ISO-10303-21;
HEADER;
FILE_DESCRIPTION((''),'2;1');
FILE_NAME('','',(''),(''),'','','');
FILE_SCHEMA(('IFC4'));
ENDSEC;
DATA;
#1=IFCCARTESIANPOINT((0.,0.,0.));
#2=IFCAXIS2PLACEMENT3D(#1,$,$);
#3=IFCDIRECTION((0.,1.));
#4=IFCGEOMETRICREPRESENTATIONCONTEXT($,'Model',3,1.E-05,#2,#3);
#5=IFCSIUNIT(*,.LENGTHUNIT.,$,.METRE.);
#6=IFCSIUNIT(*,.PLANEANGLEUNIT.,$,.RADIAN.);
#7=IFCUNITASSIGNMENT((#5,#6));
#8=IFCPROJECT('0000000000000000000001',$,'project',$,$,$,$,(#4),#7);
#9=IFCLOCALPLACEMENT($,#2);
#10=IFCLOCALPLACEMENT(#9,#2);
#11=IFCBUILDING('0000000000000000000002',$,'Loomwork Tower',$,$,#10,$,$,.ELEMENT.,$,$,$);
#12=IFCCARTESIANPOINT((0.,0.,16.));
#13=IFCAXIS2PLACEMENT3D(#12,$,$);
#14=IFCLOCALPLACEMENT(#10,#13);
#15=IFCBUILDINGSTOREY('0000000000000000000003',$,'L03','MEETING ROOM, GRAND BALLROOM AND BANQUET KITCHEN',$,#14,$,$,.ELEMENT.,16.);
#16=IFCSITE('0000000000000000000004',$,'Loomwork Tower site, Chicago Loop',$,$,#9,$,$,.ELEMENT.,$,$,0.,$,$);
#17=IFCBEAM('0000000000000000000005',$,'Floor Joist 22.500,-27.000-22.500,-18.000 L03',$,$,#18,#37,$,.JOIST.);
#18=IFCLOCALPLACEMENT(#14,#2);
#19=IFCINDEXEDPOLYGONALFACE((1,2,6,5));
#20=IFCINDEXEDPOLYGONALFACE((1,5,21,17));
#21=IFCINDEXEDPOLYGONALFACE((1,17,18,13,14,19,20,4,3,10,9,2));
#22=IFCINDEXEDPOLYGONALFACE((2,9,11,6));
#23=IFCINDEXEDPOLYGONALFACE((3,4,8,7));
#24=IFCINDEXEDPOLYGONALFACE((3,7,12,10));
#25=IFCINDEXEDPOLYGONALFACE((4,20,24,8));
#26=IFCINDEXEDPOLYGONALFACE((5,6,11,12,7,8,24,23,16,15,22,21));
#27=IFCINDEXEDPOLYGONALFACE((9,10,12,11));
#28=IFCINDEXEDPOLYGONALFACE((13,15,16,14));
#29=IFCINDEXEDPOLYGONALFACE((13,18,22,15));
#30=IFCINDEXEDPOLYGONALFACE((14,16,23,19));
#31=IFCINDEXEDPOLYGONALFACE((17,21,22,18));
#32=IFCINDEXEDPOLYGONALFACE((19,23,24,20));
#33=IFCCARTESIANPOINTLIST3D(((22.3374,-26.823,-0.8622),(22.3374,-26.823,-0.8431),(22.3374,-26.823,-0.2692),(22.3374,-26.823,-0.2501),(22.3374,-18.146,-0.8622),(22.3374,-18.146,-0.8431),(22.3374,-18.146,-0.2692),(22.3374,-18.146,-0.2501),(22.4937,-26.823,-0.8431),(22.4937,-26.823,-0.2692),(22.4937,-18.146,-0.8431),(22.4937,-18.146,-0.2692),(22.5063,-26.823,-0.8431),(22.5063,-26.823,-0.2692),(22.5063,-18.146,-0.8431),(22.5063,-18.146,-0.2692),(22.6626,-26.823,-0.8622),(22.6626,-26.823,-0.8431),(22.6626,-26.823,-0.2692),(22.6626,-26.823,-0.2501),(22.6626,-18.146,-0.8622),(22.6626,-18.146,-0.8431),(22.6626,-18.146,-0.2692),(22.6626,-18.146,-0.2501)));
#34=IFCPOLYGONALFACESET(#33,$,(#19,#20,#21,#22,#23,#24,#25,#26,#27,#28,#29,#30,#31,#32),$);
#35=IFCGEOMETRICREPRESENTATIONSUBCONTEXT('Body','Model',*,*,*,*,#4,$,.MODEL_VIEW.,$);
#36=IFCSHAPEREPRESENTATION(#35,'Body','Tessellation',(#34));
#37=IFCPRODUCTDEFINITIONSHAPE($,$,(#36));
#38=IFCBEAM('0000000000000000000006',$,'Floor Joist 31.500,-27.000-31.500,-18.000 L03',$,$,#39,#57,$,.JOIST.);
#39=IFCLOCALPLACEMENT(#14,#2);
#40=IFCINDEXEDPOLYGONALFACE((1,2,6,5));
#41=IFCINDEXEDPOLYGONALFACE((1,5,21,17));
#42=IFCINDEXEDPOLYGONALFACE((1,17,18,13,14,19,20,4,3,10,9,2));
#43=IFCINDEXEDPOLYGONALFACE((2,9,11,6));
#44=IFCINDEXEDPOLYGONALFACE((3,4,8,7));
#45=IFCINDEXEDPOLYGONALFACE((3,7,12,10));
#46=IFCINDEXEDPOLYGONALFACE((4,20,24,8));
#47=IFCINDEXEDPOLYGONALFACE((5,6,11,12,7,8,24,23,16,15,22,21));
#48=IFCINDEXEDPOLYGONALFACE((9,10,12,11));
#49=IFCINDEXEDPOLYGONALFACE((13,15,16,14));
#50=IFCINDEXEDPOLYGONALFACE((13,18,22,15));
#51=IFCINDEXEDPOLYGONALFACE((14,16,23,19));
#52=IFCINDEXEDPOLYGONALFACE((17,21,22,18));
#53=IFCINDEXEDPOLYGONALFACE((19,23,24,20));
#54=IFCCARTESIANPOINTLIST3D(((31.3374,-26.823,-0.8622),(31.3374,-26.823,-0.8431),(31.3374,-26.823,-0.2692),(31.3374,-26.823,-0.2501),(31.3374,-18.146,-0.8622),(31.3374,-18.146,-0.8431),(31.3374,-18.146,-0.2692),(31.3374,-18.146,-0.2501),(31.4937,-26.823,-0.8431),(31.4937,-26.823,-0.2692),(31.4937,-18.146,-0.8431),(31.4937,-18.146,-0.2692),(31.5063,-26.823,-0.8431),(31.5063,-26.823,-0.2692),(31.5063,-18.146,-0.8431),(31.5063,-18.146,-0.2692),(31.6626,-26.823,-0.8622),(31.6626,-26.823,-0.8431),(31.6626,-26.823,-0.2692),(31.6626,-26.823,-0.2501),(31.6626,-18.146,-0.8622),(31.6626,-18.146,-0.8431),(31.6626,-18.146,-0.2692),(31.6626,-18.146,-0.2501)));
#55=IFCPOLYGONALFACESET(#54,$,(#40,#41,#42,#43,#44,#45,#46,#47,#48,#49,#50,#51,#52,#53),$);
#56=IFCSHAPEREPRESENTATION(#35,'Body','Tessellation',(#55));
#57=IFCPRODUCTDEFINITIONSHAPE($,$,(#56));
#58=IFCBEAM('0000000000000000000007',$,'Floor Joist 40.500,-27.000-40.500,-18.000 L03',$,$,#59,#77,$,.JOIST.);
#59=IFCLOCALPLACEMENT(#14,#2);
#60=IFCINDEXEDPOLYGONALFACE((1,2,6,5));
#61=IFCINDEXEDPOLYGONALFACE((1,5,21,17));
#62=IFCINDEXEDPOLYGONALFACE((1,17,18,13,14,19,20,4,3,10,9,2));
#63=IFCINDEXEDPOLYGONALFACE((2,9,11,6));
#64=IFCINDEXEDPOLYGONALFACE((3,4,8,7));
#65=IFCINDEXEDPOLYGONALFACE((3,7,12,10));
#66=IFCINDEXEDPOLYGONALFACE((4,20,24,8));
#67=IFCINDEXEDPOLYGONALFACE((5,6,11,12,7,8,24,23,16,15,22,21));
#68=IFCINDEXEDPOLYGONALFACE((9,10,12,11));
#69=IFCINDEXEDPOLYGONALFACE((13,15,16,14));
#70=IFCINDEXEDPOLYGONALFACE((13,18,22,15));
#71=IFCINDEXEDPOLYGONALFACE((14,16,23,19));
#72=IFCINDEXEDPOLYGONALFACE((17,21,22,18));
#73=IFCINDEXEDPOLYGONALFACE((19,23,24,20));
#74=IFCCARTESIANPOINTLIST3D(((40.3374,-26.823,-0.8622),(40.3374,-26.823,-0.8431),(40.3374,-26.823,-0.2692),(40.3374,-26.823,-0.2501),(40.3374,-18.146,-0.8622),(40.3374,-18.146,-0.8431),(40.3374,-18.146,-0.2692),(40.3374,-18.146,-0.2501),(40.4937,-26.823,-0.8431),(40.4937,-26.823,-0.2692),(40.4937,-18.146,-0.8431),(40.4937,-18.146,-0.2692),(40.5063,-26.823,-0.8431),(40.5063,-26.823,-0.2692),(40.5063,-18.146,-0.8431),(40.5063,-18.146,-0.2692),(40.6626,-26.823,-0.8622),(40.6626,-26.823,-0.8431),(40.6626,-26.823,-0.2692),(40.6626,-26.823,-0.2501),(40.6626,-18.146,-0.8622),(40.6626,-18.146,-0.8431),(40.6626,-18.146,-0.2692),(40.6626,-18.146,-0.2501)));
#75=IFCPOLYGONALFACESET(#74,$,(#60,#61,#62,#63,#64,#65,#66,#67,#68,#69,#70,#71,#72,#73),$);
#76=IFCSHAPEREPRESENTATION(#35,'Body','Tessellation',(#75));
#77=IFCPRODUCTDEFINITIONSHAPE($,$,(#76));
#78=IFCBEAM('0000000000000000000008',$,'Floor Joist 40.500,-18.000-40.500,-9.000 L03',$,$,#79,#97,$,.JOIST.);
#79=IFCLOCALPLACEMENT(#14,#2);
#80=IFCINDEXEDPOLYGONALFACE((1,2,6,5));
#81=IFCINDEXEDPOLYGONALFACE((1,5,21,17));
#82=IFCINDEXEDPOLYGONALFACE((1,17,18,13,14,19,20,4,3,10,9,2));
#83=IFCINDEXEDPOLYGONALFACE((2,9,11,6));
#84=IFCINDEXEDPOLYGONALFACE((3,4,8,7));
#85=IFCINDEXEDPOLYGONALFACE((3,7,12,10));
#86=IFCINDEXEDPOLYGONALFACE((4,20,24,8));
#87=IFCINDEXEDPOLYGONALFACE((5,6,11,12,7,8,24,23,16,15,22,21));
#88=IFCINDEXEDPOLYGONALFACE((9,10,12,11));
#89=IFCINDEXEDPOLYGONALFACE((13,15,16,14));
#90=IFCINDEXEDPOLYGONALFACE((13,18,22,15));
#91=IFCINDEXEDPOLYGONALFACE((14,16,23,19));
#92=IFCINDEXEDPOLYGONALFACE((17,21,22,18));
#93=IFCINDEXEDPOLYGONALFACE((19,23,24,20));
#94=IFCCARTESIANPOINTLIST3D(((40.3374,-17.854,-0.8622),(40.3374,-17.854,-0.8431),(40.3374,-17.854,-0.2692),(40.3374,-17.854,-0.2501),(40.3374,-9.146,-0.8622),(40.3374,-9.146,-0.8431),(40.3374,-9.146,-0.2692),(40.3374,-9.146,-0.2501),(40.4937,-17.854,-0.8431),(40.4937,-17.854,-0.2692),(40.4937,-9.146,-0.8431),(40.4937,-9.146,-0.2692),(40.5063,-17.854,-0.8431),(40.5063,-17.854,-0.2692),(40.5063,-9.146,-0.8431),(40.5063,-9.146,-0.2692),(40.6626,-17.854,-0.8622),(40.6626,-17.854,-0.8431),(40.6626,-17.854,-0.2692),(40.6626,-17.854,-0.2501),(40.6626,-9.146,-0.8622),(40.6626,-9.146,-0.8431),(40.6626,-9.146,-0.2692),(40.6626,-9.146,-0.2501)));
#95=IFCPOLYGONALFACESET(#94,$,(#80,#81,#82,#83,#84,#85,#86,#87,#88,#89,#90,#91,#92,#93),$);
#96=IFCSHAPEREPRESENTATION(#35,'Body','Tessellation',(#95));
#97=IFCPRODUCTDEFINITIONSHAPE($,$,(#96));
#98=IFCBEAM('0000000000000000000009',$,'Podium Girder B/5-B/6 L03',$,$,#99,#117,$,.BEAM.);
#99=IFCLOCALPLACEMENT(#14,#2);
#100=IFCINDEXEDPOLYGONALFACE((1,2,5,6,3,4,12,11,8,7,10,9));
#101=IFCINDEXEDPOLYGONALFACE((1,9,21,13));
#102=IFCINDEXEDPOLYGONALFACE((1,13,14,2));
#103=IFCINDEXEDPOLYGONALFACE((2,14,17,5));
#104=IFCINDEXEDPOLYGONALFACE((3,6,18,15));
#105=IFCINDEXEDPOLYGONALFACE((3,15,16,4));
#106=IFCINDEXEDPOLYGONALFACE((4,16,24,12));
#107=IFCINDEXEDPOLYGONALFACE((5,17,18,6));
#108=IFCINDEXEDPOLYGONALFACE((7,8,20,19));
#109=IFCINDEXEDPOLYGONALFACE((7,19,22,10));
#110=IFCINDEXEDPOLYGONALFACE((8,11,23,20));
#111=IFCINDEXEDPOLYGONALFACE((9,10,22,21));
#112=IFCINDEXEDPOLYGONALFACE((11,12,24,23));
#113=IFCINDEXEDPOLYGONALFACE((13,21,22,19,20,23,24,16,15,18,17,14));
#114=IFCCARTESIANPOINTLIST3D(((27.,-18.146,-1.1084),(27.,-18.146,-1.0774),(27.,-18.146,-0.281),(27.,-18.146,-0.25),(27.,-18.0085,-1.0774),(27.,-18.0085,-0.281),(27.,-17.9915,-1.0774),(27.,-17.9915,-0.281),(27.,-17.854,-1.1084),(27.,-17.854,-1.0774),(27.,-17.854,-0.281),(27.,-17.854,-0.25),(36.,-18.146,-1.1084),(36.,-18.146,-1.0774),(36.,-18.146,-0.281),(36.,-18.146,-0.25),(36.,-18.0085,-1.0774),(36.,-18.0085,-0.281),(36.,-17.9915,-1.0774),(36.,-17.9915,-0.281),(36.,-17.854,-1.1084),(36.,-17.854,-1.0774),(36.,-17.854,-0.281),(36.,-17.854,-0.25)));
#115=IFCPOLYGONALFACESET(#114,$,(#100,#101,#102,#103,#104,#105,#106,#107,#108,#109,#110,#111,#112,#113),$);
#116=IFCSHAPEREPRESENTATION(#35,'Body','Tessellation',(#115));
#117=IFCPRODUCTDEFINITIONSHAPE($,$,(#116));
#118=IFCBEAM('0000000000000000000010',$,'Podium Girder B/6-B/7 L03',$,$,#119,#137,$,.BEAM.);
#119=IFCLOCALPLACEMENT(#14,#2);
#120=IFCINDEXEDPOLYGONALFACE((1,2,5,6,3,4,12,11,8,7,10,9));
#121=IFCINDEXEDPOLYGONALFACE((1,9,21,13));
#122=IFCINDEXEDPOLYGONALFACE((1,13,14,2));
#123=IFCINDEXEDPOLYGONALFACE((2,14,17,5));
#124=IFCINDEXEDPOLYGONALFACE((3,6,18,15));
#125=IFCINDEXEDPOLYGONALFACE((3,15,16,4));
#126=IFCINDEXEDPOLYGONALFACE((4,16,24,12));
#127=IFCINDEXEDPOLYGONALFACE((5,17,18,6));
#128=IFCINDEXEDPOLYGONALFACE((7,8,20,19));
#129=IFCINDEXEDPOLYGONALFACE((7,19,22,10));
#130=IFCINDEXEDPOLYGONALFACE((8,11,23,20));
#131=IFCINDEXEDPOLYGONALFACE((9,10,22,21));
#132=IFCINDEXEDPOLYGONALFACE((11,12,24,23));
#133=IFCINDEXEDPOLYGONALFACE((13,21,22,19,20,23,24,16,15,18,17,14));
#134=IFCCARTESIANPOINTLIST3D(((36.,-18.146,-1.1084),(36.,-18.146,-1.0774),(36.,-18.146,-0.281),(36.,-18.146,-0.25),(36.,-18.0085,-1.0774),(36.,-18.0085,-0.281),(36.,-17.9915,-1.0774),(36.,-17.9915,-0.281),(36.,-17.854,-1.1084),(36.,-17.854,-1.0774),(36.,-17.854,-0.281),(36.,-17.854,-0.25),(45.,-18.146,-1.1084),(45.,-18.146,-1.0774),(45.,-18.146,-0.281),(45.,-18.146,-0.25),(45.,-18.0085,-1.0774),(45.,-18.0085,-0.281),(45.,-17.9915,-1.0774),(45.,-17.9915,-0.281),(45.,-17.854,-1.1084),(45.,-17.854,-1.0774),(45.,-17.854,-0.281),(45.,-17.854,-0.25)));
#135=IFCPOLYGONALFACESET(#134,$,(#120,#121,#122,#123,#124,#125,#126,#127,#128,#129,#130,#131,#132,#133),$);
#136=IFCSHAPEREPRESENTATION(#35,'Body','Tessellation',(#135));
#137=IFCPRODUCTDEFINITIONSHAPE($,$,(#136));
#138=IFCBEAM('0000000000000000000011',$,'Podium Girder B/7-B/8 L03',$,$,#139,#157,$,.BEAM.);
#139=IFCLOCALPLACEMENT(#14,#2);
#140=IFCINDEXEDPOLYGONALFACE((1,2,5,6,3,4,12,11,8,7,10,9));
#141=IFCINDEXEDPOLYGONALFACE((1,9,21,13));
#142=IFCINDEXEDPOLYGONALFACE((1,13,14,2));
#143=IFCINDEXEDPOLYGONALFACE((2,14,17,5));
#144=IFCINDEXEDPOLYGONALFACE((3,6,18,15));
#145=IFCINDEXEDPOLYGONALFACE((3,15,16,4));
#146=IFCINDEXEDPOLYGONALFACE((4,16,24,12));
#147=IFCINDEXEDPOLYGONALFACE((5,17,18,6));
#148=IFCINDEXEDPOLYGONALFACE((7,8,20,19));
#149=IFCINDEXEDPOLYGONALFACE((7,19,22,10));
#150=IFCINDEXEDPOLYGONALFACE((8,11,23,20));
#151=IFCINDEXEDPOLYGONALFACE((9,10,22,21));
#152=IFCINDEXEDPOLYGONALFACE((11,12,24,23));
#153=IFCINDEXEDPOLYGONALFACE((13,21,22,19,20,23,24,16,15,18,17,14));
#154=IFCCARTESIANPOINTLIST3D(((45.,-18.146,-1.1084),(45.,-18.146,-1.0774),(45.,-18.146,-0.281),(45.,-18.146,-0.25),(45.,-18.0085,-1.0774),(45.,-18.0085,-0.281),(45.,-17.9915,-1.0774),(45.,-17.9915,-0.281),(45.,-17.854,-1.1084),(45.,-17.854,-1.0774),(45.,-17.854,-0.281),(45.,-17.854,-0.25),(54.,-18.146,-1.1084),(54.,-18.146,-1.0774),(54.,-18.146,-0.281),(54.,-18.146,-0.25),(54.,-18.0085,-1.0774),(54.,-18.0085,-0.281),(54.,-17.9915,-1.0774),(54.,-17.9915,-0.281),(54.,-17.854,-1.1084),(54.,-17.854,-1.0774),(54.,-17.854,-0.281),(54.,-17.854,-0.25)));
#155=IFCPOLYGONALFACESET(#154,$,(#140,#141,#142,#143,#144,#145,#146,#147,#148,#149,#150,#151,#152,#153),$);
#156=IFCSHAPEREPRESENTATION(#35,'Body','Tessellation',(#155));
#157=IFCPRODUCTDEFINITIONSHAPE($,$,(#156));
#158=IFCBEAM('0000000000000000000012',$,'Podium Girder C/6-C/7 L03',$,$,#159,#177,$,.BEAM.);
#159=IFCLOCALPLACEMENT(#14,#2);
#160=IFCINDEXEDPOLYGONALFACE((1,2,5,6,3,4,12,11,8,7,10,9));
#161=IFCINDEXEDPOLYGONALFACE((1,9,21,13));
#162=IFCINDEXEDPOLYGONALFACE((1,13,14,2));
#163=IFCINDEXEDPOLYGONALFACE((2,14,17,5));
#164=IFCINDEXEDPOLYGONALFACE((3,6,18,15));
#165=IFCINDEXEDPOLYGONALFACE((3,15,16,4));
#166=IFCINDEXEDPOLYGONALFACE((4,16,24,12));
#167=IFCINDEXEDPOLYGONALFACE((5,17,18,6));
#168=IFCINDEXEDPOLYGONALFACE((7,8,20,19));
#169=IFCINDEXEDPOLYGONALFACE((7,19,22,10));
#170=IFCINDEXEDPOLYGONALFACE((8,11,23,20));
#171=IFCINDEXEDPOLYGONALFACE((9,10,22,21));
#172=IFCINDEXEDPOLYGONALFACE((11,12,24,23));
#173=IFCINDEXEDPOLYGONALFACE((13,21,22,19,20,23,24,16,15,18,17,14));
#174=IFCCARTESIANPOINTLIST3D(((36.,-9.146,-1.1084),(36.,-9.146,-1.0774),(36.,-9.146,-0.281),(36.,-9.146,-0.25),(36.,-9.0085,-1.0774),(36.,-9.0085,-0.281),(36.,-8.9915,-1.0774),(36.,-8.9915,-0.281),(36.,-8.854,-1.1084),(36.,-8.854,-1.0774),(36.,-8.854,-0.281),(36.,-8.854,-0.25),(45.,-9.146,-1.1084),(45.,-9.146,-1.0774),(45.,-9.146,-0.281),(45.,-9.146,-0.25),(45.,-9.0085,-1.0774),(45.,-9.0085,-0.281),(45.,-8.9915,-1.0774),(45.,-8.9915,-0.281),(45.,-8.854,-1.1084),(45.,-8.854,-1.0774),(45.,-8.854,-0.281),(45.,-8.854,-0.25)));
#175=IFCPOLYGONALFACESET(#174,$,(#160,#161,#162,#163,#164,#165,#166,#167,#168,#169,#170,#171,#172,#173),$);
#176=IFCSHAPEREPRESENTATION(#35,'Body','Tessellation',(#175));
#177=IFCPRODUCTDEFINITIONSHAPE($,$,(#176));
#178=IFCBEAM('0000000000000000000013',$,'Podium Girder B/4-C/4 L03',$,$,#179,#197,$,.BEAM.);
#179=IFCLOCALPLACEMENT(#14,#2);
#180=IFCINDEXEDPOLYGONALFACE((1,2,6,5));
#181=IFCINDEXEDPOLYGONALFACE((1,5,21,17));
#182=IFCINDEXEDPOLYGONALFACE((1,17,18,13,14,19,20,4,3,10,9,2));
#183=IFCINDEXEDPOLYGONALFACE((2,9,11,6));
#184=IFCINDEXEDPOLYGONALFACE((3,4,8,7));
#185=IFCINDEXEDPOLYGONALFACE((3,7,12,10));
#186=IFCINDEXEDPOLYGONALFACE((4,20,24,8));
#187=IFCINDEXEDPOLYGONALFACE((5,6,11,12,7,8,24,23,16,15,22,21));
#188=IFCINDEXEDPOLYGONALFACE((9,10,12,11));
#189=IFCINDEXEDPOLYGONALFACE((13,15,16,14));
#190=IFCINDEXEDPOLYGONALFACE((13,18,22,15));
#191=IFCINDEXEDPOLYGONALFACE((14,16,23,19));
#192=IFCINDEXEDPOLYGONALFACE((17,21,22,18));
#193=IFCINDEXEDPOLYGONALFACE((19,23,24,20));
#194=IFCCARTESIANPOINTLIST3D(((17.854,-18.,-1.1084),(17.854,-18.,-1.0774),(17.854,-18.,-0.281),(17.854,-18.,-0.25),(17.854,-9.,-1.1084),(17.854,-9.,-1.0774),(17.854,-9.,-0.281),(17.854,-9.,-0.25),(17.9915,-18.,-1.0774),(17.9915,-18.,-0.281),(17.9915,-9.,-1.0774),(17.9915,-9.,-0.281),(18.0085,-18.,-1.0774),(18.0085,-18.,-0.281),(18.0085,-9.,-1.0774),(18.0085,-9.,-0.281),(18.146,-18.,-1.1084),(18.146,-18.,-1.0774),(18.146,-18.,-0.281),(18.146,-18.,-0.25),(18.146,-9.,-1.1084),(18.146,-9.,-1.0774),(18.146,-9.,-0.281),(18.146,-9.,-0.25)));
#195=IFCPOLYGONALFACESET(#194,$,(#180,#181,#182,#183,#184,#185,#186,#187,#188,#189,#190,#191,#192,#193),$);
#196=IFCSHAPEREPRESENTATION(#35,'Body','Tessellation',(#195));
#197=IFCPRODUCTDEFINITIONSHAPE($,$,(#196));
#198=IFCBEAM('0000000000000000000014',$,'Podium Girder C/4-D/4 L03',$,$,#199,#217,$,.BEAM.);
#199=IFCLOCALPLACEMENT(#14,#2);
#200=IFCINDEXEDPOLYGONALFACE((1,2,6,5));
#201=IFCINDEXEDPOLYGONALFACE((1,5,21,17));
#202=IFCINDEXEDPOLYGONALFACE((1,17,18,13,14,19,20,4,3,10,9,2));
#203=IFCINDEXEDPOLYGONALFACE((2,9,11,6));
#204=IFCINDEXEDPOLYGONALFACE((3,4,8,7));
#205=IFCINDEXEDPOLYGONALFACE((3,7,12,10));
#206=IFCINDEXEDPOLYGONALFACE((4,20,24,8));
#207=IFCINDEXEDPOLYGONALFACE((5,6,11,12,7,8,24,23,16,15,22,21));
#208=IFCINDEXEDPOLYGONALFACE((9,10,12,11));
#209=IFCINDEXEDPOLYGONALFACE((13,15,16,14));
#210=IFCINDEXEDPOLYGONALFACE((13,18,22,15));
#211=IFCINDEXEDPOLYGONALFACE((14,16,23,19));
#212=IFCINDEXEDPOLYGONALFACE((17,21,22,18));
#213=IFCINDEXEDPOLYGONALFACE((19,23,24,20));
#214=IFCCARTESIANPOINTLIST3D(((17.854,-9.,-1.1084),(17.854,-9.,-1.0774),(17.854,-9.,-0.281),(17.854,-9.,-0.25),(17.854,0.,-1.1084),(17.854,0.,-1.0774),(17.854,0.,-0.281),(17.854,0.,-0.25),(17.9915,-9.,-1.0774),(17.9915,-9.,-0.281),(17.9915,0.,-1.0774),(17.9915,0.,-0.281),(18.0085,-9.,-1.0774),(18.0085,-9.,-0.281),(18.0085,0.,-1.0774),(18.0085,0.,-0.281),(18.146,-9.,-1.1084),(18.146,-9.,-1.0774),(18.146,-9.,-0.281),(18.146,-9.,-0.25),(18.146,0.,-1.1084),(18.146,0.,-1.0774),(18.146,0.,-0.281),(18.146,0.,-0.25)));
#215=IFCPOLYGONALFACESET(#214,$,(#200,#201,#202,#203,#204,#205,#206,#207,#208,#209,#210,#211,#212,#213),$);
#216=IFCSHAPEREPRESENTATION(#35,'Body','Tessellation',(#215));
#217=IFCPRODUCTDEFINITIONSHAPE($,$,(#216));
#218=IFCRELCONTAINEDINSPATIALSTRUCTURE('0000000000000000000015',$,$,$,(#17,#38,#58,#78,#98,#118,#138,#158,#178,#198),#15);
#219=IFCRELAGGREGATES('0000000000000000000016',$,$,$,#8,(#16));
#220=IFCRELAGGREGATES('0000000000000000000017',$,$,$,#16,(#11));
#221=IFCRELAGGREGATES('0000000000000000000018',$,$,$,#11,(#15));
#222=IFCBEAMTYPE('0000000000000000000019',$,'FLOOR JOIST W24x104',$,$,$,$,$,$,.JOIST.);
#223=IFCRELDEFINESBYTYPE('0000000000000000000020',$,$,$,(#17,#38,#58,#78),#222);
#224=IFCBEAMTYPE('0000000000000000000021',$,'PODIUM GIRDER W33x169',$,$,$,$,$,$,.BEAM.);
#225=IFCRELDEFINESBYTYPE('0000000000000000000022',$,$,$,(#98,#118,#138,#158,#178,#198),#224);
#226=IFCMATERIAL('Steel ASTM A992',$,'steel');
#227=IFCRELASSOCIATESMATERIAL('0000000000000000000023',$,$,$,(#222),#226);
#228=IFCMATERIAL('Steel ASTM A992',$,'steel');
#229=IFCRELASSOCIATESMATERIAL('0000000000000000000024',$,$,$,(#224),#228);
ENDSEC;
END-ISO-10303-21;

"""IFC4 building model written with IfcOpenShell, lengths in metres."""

from ifc_helpers import new_model, si_unit, direction, frame, origin, origin_2d, place, context, subcontext, project, spatial, i_section, extrude, material, material_profile, profile_set, type_object, element, save


model = new_model("IFC4")

# Units and contexts
model_context = context("Model", 3, precision=1e-05, world=origin(), true_north=direction((0.0, 1.0)))
body_context = subcontext(model_context, "Body", "Model", "MODEL_VIEW")
ifc_project = project(units=[si_unit("LENGTHUNIT", "METRE"), si_unit("PLANEANGLEUNIT", "RADIAN")], contexts=[model_context])

# Site, building, storey
site_placement = place(None, origin())
site = spatial("IfcSite", under=ifc_project, at=site_placement, Name="Loomwork Tower site, Chicago Loop", CompositionType="ELEMENT", RefElevation=0.0)
building_placement = place(site_placement, origin())
building = spatial("IfcBuilding", under=site, at=building_placement, Name="Loomwork Tower", CompositionType="ELEMENT")
storey_placement = place(building_placement, frame((0.0, 0.0, 16.0)))
storey = spatial("IfcBuildingStorey", under=building, at=storey_placement, Name="L03", Description="MEETING ROOM, GRAND BALLROOM AND BANQUET KITCHEN", CompositionType="ELEMENT", Elevation=16.0)

# Beams
ifc_material_1 = material(Name="Steel ASTM A992", Category="steel")
ifc_material_profile_1 = material_profile(ifc_material_1, i_section(OverallWidth=0.3252, OverallDepth=0.6121, WebThickness=0.0127, FlangeThickness=0.019, at=origin_2d()), Name="W24x104")
ifc_profile_set_1 = profile_set([ifc_material_profile_1], Name="Steel ASTM A992")
beam_type_1 = type_object("IfcBeamType", Name="FLOOR JOIST W24x104", PredefinedType="JOIST", material=ifc_profile_set_1)
for number, where, z_axis, x_axis, name in (
    (1, (22.5, -26.823, -0.5562), (0.0, 1.0, 0.0), (-1.0, 0.0, 0.0), "Floor Joist 22.500,-27.000-22.500,-18.000 L03"),
    (2, (31.5, -26.823, -0.5562), (0.0, 1.0, 0.0), (-1.0, 0.0, 0.0), "Floor Joist 31.500,-27.000-31.500,-18.000 L03"),
    (3, (40.5, -26.823, -0.5562), (0.0, 1.0, 0.0), (-1.0, 0.0, 0.0), "Floor Joist 40.500,-27.000-40.500,-18.000 L03"),
):
    element("IfcBeam", number, at=place(storey_placement, frame(where, z_axis=z_axis, x_axis=x_axis)), inside=storey, type_object=beam_type_1, Name=name, PredefinedType="JOIST", context=body_context, shape_type="SweptSolid", body=[
        extrude(i_section(OverallWidth=0.3252, OverallDepth=0.6121, WebThickness=0.0127, FlangeThickness=0.019, at=origin_2d()), origin(), (0.0, 0.0, 1.0), 8.677),
    ])
beam_placement = place(storey_placement, frame((40.5, -17.854, -0.5562), z_axis=(0.0, 1.0, 0.0), x_axis=(-1.0, 0.0, 0.0)))
element("IfcBeam", 4, at=beam_placement, inside=storey, type_object=beam_type_1, Name="Floor Joist 40.500,-18.000-40.500,-9.000 L03", PredefinedType="JOIST", context=body_context, shape_type="SweptSolid", body=[
    extrude(i_section(OverallWidth=0.3252, OverallDepth=0.6121, WebThickness=0.0127, FlangeThickness=0.019, at=origin_2d()), origin(), (0.0, 0.0, 1.0), 8.708),
])
ifc_material_2 = material(Name="Steel ASTM A992", Category="steel")
ifc_material_profile_2 = material_profile(ifc_material_2, i_section(OverallWidth=0.292, OverallDepth=0.8584, WebThickness=0.0171, FlangeThickness=0.031, at=origin_2d()), Name="W33x169")
ifc_profile_set_2 = profile_set([ifc_material_profile_2], Name="Steel ASTM A992")
beam_type_2 = type_object("IfcBeamType", Name="PODIUM GIRDER W33x169", PredefinedType="BEAM", material=ifc_profile_set_2)
for number, where, z_axis, x_axis, name in (
    (5, (27.0, -18.0, -0.6792), (1.0, 0.0, 0.0), (0.0, 1.0, 0.0), "Podium Girder B/5-B/6 L03"),
    (6, (36.0, -18.0, -0.6792), (1.0, 0.0, 0.0), (0.0, 1.0, 0.0), "Podium Girder B/6-B/7 L03"),
    (7, (45.0, -18.0, -0.6792), (1.0, 0.0, 0.0), (0.0, 1.0, 0.0), "Podium Girder B/7-B/8 L03"),
    (8, (36.0, -9.0, -0.6792), (1.0, 0.0, 0.0), (0.0, 1.0, 0.0), "Podium Girder C/6-C/7 L03"),
    (9, (18.0, -18.0, -0.6792), (0.0, 1.0, 0.0), (-1.0, 0.0, 0.0), "Podium Girder B/4-C/4 L03"),
    (10, (18.0, -9.0, -0.6792), (0.0, 1.0, 0.0), (-1.0, 0.0, 0.0), "Podium Girder C/4-D/4 L03"),
):
    element("IfcBeam", number, at=place(storey_placement, frame(where, z_axis=z_axis, x_axis=x_axis)), inside=storey, type_object=beam_type_2, Name=name, PredefinedType="BEAM", context=body_context, shape_type="SweptSolid", body=[
        extrude(i_section(OverallWidth=0.292, OverallDepth=0.8584, WebThickness=0.0171, FlangeThickness=0.031, at=origin_2d()), origin(), (0.0, 0.0, 1.0), 9.0),
    ])

save(model, "model.ifc")
